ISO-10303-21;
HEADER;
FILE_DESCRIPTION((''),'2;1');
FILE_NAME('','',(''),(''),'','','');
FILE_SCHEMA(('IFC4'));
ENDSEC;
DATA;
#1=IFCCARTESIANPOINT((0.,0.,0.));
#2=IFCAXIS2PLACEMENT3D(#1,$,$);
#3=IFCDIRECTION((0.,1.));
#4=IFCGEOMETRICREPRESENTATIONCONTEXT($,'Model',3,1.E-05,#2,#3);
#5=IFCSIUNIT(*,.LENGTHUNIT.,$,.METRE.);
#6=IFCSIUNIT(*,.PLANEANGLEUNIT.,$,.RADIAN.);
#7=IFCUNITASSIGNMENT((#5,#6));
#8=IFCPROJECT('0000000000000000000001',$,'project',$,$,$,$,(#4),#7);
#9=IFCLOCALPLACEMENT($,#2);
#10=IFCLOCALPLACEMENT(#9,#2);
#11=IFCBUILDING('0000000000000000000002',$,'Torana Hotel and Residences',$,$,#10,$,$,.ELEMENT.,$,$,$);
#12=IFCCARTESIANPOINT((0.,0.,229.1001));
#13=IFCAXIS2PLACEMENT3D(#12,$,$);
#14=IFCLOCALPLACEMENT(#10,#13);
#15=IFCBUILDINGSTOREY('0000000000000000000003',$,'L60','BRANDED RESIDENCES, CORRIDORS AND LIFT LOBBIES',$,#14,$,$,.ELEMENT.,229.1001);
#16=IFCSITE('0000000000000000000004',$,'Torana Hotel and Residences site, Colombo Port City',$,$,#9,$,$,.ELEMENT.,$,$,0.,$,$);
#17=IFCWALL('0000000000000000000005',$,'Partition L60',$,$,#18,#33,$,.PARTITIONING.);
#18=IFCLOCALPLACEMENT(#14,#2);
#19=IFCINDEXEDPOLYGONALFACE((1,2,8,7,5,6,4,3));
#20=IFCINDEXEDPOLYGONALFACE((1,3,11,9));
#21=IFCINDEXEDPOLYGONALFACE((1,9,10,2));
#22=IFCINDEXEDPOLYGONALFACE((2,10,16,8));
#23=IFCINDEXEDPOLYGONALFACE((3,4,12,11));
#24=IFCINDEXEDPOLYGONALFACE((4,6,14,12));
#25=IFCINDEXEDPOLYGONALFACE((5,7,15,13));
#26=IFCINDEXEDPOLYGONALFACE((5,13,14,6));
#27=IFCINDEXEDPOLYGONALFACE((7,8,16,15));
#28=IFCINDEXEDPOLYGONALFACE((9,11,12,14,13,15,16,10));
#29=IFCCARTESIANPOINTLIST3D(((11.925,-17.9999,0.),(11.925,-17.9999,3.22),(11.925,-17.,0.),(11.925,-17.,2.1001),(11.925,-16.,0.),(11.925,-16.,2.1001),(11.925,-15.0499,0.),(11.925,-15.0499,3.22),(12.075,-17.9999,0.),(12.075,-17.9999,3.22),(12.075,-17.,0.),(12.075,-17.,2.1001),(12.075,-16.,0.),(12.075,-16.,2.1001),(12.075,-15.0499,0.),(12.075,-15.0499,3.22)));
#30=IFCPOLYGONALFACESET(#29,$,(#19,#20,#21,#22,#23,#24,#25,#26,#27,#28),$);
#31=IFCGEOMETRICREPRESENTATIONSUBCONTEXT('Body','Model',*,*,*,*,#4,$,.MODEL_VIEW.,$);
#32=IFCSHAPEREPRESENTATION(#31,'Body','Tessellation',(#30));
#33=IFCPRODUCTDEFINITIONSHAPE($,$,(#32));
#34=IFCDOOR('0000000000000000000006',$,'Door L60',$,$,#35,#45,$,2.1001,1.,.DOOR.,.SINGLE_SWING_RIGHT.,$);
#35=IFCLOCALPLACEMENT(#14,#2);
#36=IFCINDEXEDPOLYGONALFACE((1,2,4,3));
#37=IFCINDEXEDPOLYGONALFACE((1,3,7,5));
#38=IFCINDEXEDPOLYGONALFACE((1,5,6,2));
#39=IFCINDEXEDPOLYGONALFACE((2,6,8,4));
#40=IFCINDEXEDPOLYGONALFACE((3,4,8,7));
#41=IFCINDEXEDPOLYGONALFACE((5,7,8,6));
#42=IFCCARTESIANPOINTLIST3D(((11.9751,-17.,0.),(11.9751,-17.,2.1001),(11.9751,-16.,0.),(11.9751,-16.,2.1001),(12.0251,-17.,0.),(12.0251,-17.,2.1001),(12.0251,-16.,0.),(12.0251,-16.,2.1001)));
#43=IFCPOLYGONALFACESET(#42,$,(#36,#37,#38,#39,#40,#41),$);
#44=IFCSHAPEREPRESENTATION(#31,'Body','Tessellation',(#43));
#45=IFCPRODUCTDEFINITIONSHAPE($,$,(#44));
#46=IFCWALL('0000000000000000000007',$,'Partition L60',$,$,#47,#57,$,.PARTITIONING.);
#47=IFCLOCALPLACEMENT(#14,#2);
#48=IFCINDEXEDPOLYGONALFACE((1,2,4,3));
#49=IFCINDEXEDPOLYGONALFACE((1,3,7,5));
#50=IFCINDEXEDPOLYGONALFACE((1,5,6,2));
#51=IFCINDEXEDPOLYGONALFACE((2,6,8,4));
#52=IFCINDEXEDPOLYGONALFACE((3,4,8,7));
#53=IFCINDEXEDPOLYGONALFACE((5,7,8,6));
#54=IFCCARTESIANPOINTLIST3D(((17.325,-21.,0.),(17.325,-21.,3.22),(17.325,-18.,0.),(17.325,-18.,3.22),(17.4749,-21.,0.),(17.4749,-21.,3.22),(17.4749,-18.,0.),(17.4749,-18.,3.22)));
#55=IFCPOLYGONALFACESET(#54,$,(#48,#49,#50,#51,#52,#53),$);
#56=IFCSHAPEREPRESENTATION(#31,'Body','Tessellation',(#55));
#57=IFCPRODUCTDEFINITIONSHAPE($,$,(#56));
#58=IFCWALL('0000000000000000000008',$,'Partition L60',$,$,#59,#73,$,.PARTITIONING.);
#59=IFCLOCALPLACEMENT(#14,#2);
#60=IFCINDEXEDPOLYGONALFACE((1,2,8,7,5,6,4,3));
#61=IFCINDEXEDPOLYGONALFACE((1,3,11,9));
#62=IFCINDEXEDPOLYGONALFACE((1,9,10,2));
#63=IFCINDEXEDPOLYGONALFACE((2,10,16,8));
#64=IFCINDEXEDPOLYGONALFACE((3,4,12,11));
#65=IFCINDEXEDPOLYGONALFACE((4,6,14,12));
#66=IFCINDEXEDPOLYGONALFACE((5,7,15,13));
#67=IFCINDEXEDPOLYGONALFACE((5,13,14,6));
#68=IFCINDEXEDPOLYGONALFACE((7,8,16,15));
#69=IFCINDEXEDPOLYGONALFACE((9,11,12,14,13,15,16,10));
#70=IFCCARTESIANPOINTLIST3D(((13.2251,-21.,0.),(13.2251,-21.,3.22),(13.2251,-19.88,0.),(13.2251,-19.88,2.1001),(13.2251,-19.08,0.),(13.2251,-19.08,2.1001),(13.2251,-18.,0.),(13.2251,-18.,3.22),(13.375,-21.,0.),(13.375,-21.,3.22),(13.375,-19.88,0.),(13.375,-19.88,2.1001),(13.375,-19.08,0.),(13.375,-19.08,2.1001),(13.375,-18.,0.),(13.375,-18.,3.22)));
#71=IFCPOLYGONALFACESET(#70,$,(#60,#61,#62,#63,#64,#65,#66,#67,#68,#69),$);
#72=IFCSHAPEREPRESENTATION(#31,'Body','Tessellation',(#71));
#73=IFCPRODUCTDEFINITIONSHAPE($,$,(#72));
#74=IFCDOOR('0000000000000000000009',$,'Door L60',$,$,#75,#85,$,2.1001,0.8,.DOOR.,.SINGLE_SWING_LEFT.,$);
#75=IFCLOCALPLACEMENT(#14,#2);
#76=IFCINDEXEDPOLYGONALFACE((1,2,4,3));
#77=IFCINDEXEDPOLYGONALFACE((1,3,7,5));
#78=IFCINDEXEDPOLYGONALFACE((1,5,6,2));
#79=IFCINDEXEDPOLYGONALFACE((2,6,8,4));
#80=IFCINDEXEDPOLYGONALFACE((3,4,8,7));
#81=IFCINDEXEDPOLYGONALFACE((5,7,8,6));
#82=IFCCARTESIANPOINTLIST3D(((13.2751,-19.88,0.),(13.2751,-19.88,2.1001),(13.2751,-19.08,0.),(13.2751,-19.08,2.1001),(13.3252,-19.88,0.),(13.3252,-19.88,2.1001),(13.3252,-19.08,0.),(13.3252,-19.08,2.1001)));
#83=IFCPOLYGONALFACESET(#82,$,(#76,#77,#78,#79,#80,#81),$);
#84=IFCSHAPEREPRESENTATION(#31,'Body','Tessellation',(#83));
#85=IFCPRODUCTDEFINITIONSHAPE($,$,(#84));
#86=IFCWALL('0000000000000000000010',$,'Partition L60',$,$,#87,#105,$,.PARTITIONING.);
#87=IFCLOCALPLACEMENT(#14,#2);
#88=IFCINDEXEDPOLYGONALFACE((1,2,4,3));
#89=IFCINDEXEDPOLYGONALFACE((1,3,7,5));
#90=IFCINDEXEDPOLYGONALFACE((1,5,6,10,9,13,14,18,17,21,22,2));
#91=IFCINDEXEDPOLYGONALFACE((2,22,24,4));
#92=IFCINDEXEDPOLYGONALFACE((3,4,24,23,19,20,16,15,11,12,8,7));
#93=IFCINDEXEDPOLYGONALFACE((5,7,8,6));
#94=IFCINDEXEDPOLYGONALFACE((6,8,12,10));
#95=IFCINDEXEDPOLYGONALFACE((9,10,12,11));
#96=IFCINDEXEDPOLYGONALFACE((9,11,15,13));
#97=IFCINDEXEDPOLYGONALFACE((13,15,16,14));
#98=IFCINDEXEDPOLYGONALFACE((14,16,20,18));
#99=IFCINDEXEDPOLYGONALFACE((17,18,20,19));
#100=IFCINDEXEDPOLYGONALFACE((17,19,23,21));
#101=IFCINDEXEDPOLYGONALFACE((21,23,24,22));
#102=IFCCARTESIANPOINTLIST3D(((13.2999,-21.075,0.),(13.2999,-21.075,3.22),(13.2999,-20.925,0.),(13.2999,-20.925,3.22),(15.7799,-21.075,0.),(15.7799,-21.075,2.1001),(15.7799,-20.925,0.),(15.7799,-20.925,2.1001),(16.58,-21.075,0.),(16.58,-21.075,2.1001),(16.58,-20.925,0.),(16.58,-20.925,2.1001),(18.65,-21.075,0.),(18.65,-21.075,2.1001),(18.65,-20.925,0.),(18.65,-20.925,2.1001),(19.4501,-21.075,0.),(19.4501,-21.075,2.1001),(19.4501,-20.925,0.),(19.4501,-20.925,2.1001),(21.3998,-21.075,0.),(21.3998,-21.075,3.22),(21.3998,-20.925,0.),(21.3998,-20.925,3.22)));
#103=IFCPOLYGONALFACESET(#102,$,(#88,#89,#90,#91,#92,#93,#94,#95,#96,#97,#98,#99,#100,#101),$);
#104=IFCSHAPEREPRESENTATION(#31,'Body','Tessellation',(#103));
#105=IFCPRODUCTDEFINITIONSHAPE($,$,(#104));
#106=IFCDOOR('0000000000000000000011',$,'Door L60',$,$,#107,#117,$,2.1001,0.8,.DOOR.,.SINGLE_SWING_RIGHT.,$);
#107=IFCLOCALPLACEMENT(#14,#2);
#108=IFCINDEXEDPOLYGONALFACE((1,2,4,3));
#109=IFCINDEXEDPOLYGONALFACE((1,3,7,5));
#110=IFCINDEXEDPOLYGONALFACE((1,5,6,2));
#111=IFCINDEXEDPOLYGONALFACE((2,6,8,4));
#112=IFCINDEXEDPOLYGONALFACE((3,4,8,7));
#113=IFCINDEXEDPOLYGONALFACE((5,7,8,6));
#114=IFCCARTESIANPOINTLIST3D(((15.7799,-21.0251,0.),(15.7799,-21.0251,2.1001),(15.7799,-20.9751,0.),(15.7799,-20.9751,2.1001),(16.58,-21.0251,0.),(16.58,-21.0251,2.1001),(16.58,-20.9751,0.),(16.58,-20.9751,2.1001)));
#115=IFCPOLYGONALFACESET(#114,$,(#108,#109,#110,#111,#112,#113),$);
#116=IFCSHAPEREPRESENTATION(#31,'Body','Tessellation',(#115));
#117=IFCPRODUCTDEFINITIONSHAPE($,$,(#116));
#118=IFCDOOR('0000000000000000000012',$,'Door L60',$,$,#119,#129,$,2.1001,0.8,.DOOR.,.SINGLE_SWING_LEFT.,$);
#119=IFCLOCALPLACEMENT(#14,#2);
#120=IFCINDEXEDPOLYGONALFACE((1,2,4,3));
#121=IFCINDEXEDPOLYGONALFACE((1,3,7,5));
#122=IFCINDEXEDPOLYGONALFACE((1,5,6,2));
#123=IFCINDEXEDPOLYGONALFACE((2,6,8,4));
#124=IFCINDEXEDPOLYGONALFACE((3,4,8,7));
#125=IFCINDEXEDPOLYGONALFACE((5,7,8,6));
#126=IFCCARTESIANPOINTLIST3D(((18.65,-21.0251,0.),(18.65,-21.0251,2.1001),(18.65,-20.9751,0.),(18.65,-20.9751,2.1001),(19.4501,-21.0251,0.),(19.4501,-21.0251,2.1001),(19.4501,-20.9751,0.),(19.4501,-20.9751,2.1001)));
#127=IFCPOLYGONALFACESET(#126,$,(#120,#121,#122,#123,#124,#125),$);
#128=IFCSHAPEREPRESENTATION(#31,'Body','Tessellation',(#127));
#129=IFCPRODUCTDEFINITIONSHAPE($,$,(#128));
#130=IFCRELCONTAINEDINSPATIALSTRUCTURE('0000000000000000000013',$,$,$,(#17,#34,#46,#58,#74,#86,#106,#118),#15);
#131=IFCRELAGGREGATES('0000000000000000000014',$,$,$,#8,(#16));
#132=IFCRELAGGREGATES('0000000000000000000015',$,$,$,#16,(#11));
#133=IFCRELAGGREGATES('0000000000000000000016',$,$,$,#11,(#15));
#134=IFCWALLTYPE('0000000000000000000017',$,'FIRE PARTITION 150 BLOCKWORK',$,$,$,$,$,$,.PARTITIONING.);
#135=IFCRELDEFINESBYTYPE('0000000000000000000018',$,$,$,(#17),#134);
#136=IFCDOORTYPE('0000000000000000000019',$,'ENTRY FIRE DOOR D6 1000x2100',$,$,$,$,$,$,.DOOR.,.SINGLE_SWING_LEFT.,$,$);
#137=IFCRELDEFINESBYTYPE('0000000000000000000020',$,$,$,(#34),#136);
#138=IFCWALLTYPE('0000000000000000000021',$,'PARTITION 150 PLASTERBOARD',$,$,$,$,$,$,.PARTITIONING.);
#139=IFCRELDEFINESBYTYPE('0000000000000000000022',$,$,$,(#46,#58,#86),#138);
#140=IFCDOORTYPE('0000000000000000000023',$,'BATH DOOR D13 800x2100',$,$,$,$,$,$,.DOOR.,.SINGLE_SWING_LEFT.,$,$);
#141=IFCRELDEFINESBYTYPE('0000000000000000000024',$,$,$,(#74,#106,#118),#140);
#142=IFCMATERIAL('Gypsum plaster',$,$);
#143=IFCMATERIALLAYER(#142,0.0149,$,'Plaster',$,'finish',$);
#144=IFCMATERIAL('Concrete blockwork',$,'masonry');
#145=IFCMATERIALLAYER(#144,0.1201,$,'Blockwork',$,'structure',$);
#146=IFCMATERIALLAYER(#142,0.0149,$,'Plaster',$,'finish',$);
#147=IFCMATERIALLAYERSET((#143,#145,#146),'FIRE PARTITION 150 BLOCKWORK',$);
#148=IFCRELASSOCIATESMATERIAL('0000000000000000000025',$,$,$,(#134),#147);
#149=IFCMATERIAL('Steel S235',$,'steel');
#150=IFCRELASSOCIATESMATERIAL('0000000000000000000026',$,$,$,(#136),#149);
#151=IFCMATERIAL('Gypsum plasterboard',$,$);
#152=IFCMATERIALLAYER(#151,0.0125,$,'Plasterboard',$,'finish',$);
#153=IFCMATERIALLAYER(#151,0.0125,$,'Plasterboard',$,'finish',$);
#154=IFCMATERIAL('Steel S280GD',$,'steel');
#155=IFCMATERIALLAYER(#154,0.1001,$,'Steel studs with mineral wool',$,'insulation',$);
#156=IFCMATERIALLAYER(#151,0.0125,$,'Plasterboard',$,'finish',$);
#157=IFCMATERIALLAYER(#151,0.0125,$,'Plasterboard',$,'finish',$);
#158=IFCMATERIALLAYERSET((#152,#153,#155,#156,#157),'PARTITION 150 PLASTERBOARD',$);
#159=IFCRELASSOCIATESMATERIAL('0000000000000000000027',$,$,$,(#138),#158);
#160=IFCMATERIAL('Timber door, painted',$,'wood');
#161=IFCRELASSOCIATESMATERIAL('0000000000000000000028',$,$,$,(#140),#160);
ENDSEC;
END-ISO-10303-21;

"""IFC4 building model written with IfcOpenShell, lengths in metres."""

from ifc_helpers import new_model, si_unit, direction, frame, frame_2d, origin, place, context, subcontext, project, spatial, rectangle, extrude, material, layer, layer_set, type_object, element, fill, save


model = new_model("IFC4")

# Units and contexts
model_context = context("Model", 3, precision=1e-05, world=origin(), true_north=direction((0.0, 1.0)))
body_context = subcontext(model_context, "Body", "Model", "MODEL_VIEW")
ifc_project = project(units=[si_unit("LENGTHUNIT", "METRE"), si_unit("PLANEANGLEUNIT", "RADIAN")], contexts=[model_context])

# Site, building, storey
site_placement = place(None, origin())
site = spatial("IfcSite", under=ifc_project, at=site_placement, Name="Torana Hotel and Residences site, Colombo Port City", CompositionType="ELEMENT", RefElevation=0.0)
building_placement = place(site_placement, origin())
building = spatial("IfcBuilding", under=site, at=building_placement, Name="Torana Hotel and Residences", CompositionType="ELEMENT")
storey_placement = place(building_placement, frame((0.0, 0.0, 229.1001)))
storey = spatial("IfcBuildingStorey", under=building, at=storey_placement, Name="L60", Description="BRANDED RESIDENCES, CORRIDORS AND LIFT LOBBIES", CompositionType="ELEMENT", Elevation=229.1001)

# Wall, opening, door
ifc_material_1 = material(Name="Gypsum plaster")
ifc_layer_1 = layer(ifc_material_1, 0.0149, Name="Plaster", Category="finish")
ifc_material_2 = material(Name="Concrete blockwork", Category="masonry")
ifc_layer_2 = layer(ifc_material_2, 0.1201, Name="Blockwork", Category="structure")
ifc_layer_3 = layer(ifc_material_1, 0.0149, Name="Plaster", Category="finish")
ifc_layer_set_1 = layer_set([ifc_layer_1, ifc_layer_2, ifc_layer_3], Name="FIRE PARTITION 150 BLOCKWORK")
wall_type_1 = type_object("IfcWallType", Name="FIRE PARTITION 150 BLOCKWORK", PredefinedType="PARTITIONING", material=ifc_layer_set_1)
wall_1_placement = place(storey_placement, frame((12.0, -18.0, 0.0), z_axis=(0.0, 0.0, 1.0), x_axis=(0.0, 1.0, 0.0)))
wall_1 = element("IfcWall", 1, at=wall_1_placement, inside=storey, type_object=wall_type_1, Name="Partition L60", PredefinedType="PARTITIONING", context=body_context, shape_type="SweptSolid", body=[
    extrude(rectangle(XDim=2.95, YDim=0.1499, at=frame_2d((1.4751, 0.0))), origin(), (0.0, 0.0, 1.0), 3.22),
])
opening_1_placement = place(wall_1_placement, frame((1.0, 0.0, 0.0)))
opening_1 = element("IfcOpeningElement", 2, at=opening_1_placement, cuts=wall_1, PredefinedType="OPENING", context=body_context, shape_type="SweptSolid", body=[
    extrude(rectangle(XDim=1.0, YDim=2.1001, at=frame_2d((0.5, 1.05))), frame((0.0, 0.085, 0.0), z_axis=(0.0, -1.0, 0.0), x_axis=(1.0, 0.0, 0.0)), (0.0, 0.0, 1.0), 0.1699),
])
ifc_material_3 = material(Name="Steel S235", Category="steel")
door_type_1 = type_object("IfcDoorType", Name="ENTRY FIRE DOOR D6 1000x2100", OperationType="SINGLE_SWING_LEFT", PredefinedType="DOOR", material=ifc_material_3)
door_1_placement = place(opening_1_placement, origin())
door_1 = element("IfcDoor", 3, at=door_1_placement, inside=storey, type_object=door_type_1, Name="Door L60", OperationType="SINGLE_SWING_RIGHT", OverallHeight=2.1001, OverallWidth=1.0, PredefinedType="DOOR", context=body_context, shape_type="SweptSolid", body=[
    extrude(rectangle(XDim=1.0, YDim=2.1001, at=frame_2d((0.5, 1.05))), frame((0.0, 0.0249, 0.0), z_axis=(0.0, -1.0, 0.0), x_axis=(1.0, 0.0, 0.0)), (0.0, 0.0, 1.0), 0.05),
])
fill(opening_1, door_1)

# Wall
ifc_material_4 = material(Name="Gypsum plasterboard")
ifc_layer_4 = layer(ifc_material_4, 0.0125, Name="Plasterboard", Category="finish")
ifc_layer_5 = layer(ifc_material_4, 0.0125, Name="Plasterboard", Category="finish")
ifc_material_5 = material(Name="Steel S280GD", Category="steel")
ifc_layer_6 = layer(ifc_material_5, 0.1001, Name="Steel studs with mineral wool", Category="insulation")
ifc_layer_7 = layer(ifc_material_4, 0.0125, Name="Plasterboard", Category="finish")
ifc_layer_8 = layer(ifc_material_4, 0.0125, Name="Plasterboard", Category="finish")
ifc_layer_set_2 = layer_set([ifc_layer_4, ifc_layer_5, ifc_layer_6, ifc_layer_7, ifc_layer_8], Name="PARTITION 150 PLASTERBOARD")
wall_type_2 = type_object("IfcWallType", Name="PARTITION 150 PLASTERBOARD", PredefinedType="PARTITIONING", material=ifc_layer_set_2)
wall_2_placement = place(storey_placement, frame((17.3999, -21.0, 0.0), z_axis=(0.0, 0.0, 1.0), x_axis=(0.0, 1.0, 0.0)))
element("IfcWall", 4, at=wall_2_placement, inside=storey, type_object=wall_type_2, Name="Partition L60", PredefinedType="PARTITIONING", context=body_context, shape_type="SweptSolid", body=[
    extrude(rectangle(XDim=3.0, YDim=0.1499, at=frame_2d((1.5, 0.0))), origin(), (0.0, 0.0, 1.0), 3.22),
])

# Wall, opening, door
wall_3_placement = place(storey_placement, frame((13.3, -21.0, 0.0), z_axis=(0.0, 0.0, 1.0), x_axis=(0.0, 1.0, 0.0)))
wall_3 = element("IfcWall", 5, at=wall_3_placement, inside=storey, type_object=wall_type_2, Name="Partition L60", PredefinedType="PARTITIONING", context=body_context, shape_type="SweptSolid", body=[
    extrude(rectangle(XDim=3.0, YDim=0.1499, at=frame_2d((1.5, 0.0))), origin(), (0.0, 0.0, 1.0), 3.22),
])
opening_2_placement = place(wall_3_placement, frame((1.1201, 0.0, 0.0)))
opening_2 = element("IfcOpeningElement", 6, at=opening_2_placement, cuts=wall_3, PredefinedType="OPENING", context=body_context, shape_type="SweptSolid", body=[
    extrude(rectangle(XDim=0.8, YDim=2.1001, at=frame_2d((0.3999, 1.05))), frame((0.0, 0.085, 0.0), z_axis=(0.0, -1.0, 0.0), x_axis=(1.0, 0.0, 0.0)), (0.0, 0.0, 1.0), 0.1699),
])
ifc_material_6 = material(Name="Timber door, painted", Category="wood")
door_type_2 = type_object("IfcDoorType", Name="BATH DOOR D13 800x2100", OperationType="SINGLE_SWING_LEFT", PredefinedType="DOOR", material=ifc_material_6)
door_2_placement = place(opening_2_placement, origin())
door_2 = element("IfcDoor", 7, at=door_2_placement, inside=storey, type_object=door_type_2, Name="Door L60", OperationType="SINGLE_SWING_LEFT", OverallHeight=2.1001, OverallWidth=0.8, PredefinedType="DOOR", context=body_context, shape_type="SweptSolid", body=[
    extrude(rectangle(XDim=0.8, YDim=2.1001, at=frame_2d((0.3999, 1.05))), frame((0.0, 0.0249, 0.0), z_axis=(0.0, -1.0, 0.0), x_axis=(1.0, 0.0, 0.0)), (0.0, 0.0, 1.0), 0.05),
])
fill(opening_2, door_2)

# Wall, openings, doors
wall_4_placement = place(storey_placement, frame((13.3, -21.0, 0.0), z_axis=(0.0, 0.0, 1.0), x_axis=(1.0, 0.0, 0.0)))
wall_4 = element("IfcWall", 8, at=wall_4_placement, inside=storey, type_object=wall_type_2, Name="Partition L60", PredefinedType="PARTITIONING", context=body_context, shape_type="SweptSolid", body=[
    extrude(rectangle(XDim=8.0999, YDim=0.1499, at=frame_2d((4.0498, 0.0))), origin(), (0.0, 0.0, 1.0), 3.22),
])
opening_3_placement = place(wall_4_placement, frame((2.48, 0.0, 0.0)))
opening_3 = element("IfcOpeningElement", 9, at=opening_3_placement, cuts=wall_4, PredefinedType="OPENING", context=body_context, shape_type="SweptSolid", body=[
    extrude(rectangle(XDim=0.8, YDim=2.1001, at=frame_2d((0.3999, 1.05))), frame((0.0, 0.085, 0.0), z_axis=(0.0, -1.0, 0.0), x_axis=(1.0, 0.0, 0.0)), (0.0, 0.0, 1.0), 0.1699),
])
opening_4_placement = place(wall_4_placement, frame((5.3501, 0.0, 0.0)))
opening_4 = element("IfcOpeningElement", 10, at=opening_4_placement, cuts=wall_4, PredefinedType="OPENING", context=body_context, shape_type="SweptSolid", body=[
    extrude(rectangle(XDim=0.8, YDim=2.1001, at=frame_2d((0.3999, 1.05))), frame((0.0, 0.085, 0.0), z_axis=(0.0, -1.0, 0.0), x_axis=(1.0, 0.0, 0.0)), (0.0, 0.0, 1.0), 0.1699),
])
door_3_placement = place(opening_3_placement, origin())
door_3 = element("IfcDoor", 11, at=door_3_placement, inside=storey, type_object=door_type_2, Name="Door L60", OperationType="SINGLE_SWING_RIGHT", OverallHeight=2.1001, OverallWidth=0.8, PredefinedType="DOOR", context=body_context, shape_type="SweptSolid", body=[
    extrude(rectangle(XDim=0.8, YDim=2.1001, at=frame_2d((0.3999, 1.05))), frame((0.0, 0.0249, 0.0), z_axis=(0.0, -1.0, 0.0), x_axis=(1.0, 0.0, 0.0)), (0.0, 0.0, 1.0), 0.05),
])
fill(opening_3, door_3)
door_4_placement = place(opening_4_placement, origin())
door_4 = element("IfcDoor", 12, at=door_4_placement, inside=storey, type_object=door_type_2, Name="Door L60", OperationType="SINGLE_SWING_LEFT", OverallHeight=2.1001, OverallWidth=0.8, PredefinedType="DOOR", context=body_context, shape_type="SweptSolid", body=[
    extrude(rectangle(XDim=0.8, YDim=2.1001, at=frame_2d((0.3999, 1.05))), frame((0.0, 0.0249, 0.0), z_axis=(0.0, -1.0, 0.0), x_axis=(1.0, 0.0, 0.0)), (0.0, 0.0, 1.0), 0.05),
])
fill(opening_4, door_4)

save(model, "model.ifc")
